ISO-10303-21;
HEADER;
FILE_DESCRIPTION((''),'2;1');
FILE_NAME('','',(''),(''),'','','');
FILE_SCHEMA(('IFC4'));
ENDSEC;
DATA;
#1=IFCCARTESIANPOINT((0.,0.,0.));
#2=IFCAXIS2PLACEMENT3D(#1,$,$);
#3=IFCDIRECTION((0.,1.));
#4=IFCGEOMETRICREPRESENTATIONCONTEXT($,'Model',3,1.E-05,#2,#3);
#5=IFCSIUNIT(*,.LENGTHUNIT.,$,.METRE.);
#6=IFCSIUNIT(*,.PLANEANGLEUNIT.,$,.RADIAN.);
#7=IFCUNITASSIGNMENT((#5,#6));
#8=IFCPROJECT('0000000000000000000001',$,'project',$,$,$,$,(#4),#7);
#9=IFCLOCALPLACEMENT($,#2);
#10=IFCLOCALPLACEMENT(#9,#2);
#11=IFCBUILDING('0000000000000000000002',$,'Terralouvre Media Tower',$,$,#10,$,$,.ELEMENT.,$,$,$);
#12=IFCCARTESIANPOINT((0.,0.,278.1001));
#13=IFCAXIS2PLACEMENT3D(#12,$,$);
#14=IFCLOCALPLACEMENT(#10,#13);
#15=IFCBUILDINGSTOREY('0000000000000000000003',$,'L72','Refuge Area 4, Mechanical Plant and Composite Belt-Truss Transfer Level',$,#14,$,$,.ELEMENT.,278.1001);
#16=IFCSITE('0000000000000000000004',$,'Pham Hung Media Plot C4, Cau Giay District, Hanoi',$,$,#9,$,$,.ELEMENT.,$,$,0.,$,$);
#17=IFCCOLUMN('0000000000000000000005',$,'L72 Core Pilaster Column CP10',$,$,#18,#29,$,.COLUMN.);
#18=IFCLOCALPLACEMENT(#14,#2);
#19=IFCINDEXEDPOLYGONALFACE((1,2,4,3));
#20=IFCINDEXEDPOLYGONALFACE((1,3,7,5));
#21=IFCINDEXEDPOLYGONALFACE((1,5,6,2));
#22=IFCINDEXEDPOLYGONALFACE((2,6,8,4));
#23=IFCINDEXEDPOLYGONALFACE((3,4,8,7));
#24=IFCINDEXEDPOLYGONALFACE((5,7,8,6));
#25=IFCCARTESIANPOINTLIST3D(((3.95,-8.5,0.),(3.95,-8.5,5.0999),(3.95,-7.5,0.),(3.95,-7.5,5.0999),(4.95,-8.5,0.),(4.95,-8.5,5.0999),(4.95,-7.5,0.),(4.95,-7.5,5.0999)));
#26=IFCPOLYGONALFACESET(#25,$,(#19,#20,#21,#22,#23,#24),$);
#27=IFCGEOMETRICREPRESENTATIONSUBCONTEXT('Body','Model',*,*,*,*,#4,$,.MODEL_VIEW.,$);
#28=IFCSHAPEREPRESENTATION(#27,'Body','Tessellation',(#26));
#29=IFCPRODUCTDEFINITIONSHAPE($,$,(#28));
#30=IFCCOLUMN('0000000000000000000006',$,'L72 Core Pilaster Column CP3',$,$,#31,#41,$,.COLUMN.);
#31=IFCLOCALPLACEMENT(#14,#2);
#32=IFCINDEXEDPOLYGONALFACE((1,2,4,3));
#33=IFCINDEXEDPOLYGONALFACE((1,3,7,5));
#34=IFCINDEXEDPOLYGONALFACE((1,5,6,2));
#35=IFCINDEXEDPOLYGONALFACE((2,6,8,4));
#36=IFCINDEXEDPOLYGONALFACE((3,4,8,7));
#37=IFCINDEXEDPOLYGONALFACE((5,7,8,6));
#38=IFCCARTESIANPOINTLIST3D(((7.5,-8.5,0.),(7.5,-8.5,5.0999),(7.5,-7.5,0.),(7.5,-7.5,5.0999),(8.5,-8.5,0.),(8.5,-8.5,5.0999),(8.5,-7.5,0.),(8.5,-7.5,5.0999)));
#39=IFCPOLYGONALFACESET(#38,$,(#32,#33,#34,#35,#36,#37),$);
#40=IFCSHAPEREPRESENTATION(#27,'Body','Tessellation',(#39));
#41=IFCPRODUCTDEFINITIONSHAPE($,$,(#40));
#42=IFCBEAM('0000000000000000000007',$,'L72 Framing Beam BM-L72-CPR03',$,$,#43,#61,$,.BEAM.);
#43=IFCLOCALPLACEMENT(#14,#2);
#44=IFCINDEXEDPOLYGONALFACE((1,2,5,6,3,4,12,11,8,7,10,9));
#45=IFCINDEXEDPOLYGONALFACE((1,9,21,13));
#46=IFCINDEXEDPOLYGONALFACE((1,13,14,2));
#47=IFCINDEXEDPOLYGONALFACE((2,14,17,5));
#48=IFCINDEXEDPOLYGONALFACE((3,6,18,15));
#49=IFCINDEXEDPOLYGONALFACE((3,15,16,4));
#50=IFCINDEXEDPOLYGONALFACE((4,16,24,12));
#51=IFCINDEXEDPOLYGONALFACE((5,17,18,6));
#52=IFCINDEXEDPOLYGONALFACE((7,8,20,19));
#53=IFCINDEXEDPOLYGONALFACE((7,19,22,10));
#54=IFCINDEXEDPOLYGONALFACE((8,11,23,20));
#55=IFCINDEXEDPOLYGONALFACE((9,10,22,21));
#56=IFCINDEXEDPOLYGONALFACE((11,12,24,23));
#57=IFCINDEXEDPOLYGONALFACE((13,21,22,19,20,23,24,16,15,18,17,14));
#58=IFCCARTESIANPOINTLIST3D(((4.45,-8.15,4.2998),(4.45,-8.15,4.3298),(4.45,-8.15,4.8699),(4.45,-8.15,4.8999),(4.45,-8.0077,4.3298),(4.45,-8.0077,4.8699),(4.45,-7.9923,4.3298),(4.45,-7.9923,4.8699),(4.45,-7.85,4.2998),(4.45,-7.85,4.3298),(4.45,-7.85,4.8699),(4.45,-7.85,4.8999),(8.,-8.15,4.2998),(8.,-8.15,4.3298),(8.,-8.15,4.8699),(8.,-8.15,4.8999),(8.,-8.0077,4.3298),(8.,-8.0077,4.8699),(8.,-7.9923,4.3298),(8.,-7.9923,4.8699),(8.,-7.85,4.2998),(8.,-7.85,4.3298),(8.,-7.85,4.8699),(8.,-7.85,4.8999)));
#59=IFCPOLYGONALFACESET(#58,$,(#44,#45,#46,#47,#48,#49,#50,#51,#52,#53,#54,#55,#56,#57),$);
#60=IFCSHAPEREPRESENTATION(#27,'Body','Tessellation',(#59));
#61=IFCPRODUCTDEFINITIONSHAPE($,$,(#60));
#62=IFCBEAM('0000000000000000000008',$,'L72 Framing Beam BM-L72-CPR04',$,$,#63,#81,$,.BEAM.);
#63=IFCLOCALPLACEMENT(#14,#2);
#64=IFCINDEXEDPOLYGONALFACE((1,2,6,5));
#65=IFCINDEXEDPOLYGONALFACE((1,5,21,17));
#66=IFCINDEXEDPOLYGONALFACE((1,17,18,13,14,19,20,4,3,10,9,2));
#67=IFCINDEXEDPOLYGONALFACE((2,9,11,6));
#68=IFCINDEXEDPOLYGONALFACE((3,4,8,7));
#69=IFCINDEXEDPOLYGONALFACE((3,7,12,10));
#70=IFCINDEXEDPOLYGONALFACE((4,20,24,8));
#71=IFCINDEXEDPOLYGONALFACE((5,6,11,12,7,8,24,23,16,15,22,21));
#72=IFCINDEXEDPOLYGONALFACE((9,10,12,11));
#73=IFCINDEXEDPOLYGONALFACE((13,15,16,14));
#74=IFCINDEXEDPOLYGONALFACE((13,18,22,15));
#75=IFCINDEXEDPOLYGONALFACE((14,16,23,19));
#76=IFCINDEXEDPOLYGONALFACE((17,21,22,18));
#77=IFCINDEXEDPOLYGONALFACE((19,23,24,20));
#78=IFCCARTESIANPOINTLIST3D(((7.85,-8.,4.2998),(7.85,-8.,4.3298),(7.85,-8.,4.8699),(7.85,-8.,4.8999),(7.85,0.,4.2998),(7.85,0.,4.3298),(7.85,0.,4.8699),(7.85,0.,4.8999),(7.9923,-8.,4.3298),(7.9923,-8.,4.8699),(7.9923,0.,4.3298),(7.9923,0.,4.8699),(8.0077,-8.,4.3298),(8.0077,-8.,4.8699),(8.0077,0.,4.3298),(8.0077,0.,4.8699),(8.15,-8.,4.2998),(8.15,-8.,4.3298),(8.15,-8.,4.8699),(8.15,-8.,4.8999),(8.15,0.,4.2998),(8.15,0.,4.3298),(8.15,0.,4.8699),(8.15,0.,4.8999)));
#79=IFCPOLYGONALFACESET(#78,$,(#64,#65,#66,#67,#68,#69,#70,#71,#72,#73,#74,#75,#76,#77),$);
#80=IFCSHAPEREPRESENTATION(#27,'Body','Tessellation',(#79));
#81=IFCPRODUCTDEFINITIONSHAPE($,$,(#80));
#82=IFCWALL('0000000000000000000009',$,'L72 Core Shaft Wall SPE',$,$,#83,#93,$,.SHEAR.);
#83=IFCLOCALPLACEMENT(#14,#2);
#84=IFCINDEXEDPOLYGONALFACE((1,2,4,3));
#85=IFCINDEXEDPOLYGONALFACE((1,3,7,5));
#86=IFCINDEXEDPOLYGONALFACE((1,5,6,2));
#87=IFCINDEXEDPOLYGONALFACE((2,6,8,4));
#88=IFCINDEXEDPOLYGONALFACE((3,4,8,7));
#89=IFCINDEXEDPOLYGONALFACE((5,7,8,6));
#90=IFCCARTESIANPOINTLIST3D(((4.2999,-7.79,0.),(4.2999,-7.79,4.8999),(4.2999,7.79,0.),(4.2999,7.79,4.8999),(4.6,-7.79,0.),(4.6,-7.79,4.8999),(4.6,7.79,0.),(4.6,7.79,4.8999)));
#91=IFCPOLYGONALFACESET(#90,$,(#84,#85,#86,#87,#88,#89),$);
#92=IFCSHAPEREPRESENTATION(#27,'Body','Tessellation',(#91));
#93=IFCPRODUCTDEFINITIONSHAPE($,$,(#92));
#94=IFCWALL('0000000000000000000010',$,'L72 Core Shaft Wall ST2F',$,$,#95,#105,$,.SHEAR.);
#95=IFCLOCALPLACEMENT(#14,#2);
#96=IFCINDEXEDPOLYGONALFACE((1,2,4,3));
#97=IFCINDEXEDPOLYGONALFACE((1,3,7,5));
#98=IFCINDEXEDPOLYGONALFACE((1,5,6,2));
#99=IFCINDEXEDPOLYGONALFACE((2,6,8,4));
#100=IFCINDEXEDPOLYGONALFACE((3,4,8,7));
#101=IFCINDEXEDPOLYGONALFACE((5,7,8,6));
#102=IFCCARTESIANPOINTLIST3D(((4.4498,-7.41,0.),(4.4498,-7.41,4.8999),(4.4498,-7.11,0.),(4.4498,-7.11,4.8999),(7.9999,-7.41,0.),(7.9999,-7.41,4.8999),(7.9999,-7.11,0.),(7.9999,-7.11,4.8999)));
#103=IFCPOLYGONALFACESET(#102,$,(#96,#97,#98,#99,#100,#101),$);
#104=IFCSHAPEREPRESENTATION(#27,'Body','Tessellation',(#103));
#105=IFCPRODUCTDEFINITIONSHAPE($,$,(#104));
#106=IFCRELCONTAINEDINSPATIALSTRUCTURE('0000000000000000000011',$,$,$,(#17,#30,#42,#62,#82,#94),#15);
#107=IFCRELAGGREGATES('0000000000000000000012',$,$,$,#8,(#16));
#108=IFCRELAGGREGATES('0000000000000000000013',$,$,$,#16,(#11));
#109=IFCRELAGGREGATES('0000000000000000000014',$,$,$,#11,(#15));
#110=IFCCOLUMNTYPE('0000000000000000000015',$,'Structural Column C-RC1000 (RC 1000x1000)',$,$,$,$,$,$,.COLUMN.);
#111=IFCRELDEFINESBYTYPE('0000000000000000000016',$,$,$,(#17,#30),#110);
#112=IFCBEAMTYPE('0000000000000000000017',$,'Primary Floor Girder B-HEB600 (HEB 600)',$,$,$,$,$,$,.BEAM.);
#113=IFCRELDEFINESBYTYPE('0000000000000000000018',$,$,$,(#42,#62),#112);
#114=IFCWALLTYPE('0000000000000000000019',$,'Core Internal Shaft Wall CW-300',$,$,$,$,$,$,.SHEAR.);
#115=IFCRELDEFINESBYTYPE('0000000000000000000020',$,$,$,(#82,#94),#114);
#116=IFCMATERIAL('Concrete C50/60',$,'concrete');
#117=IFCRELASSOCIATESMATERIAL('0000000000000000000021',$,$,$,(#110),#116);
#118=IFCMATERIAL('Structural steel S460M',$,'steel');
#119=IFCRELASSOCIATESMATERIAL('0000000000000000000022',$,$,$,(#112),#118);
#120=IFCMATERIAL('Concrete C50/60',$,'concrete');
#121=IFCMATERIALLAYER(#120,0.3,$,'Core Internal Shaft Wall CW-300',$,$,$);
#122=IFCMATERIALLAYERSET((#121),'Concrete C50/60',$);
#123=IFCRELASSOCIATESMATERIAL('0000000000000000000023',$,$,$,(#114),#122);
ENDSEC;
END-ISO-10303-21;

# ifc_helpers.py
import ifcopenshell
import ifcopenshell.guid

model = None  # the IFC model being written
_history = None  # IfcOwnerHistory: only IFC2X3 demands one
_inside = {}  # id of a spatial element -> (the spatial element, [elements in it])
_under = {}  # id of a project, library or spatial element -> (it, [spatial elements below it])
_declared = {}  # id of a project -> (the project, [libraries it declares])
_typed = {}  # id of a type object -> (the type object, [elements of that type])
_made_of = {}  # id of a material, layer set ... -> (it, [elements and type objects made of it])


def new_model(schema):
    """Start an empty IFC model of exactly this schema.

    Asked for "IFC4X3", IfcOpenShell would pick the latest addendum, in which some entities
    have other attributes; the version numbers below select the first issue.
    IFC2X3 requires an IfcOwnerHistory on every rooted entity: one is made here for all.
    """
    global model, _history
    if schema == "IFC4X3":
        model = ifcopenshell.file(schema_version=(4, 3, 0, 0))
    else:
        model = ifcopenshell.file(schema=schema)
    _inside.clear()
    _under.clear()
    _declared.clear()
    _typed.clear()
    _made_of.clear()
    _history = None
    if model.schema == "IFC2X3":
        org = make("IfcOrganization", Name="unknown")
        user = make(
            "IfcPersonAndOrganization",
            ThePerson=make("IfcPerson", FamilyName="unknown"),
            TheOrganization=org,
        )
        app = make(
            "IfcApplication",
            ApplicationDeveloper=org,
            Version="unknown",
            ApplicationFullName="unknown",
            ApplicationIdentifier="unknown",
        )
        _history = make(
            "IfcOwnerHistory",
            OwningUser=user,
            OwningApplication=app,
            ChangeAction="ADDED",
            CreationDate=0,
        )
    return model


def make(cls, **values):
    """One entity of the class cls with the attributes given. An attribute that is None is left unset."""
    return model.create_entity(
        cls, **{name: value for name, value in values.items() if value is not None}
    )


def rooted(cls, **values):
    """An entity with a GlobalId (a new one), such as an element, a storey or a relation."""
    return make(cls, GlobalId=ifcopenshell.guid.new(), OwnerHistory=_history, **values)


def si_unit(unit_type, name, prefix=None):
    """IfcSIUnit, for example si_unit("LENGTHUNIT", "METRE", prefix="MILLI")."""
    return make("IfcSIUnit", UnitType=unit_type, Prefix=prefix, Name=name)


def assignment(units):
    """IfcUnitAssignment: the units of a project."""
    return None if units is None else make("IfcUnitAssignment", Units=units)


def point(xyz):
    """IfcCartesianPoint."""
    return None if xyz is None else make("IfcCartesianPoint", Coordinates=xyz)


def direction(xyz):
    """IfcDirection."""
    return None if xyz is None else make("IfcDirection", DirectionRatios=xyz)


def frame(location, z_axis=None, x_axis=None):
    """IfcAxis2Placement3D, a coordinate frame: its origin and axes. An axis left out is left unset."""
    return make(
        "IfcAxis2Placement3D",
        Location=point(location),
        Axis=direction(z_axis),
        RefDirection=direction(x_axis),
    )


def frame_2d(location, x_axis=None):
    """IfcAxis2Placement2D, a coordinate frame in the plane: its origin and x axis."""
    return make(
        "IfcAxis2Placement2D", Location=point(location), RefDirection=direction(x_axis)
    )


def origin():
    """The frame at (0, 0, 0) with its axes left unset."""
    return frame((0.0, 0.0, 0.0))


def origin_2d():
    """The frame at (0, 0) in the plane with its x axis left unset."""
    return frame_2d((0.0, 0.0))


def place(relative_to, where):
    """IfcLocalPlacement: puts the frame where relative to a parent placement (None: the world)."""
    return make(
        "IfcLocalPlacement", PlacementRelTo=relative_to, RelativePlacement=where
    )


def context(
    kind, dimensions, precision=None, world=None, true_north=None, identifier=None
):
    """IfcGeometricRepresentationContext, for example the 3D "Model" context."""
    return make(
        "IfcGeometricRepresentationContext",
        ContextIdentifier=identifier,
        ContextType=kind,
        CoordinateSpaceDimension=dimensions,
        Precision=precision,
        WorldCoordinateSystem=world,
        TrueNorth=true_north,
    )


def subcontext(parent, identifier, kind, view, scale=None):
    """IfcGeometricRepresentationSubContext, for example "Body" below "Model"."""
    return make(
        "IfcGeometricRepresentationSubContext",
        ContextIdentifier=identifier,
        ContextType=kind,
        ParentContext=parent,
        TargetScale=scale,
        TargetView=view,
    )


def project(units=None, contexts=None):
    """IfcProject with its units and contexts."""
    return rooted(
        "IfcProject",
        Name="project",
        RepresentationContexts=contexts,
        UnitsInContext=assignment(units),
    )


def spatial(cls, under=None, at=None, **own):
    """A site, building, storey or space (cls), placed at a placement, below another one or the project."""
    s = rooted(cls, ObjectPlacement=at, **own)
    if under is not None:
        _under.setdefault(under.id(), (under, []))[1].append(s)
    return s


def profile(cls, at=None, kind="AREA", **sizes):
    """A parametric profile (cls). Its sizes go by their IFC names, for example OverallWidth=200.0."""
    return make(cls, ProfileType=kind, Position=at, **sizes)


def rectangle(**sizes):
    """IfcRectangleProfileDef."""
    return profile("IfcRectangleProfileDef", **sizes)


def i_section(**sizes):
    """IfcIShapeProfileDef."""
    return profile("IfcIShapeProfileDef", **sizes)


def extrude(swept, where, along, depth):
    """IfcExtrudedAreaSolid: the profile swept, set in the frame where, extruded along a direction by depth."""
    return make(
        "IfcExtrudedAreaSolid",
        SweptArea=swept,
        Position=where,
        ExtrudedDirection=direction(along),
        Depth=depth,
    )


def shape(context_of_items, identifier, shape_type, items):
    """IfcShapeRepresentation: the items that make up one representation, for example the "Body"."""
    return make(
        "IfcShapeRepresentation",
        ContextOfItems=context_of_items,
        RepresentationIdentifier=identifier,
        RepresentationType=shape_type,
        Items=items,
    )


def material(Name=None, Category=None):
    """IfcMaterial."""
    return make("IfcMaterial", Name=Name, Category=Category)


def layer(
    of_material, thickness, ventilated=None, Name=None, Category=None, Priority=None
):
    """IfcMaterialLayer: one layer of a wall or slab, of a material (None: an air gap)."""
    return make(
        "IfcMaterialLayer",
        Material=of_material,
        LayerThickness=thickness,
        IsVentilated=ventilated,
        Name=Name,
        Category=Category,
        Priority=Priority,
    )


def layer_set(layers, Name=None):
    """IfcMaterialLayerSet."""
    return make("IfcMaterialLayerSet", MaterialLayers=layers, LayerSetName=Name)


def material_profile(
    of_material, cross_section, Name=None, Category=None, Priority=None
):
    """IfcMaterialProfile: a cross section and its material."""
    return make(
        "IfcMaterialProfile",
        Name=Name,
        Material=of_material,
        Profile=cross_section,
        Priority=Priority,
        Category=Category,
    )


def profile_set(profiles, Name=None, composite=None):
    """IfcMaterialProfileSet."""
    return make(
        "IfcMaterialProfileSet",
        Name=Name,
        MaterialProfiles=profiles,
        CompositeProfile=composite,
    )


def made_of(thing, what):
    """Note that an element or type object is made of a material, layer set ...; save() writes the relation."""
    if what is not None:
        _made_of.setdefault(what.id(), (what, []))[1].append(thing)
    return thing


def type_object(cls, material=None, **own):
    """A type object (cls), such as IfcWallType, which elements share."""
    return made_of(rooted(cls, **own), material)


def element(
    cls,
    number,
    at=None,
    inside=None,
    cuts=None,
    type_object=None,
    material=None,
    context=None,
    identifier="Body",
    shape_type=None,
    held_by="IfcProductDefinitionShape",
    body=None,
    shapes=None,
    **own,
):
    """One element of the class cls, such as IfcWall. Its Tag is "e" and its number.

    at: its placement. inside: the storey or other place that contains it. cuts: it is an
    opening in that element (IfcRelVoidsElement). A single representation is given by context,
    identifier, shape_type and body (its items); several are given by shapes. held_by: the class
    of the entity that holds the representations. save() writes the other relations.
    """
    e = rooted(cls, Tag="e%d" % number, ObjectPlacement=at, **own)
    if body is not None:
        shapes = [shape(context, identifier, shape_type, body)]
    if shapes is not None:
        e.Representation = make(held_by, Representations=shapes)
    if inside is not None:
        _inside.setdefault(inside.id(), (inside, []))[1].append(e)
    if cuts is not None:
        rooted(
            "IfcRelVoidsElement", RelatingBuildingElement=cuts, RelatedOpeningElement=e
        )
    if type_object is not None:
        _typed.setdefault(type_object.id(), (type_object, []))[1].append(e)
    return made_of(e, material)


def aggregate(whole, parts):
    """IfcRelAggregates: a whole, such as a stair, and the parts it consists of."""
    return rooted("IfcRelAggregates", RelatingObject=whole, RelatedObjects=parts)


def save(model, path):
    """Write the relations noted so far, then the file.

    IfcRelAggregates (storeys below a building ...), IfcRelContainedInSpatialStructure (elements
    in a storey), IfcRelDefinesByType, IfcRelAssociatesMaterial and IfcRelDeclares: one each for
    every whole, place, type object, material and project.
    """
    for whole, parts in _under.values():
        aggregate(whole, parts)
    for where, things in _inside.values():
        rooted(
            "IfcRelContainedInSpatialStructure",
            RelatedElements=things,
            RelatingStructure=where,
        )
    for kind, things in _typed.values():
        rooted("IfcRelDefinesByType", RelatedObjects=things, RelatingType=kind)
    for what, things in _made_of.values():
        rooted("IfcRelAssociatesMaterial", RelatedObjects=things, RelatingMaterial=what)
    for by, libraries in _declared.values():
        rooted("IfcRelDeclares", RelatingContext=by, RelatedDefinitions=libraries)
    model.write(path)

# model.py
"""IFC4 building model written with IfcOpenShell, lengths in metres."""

from ifc_helpers import new_model, si_unit, direction, frame, frame_2d, origin, origin_2d, place, context, subcontext, project, spatial, rectangle, i_section, extrude, material, layer, layer_set, material_profile, profile_set, type_object, element, save


model = new_model("IFC4")

# Units and contexts
model_context = context("Model", 3, precision=1e-05, world=origin(), true_north=direction((0.0, 1.0)))
body_context = subcontext(model_context, "Body", "Model", "MODEL_VIEW")
ifc_project = project(units=[si_unit("LENGTHUNIT", "METRE"), si_unit("PLANEANGLEUNIT", "RADIAN")], contexts=[model_context])

# Site, building, storey
site_placement = place(None, origin())
site = spatial("IfcSite", under=ifc_project, at=site_placement, Name="Pham Hung Media Plot C4, Cau Giay District, Hanoi", CompositionType="ELEMENT", RefElevation=0.0)
building_placement = place(site_placement, origin())
building = spatial("IfcBuilding", under=site, at=building_placement, Name="Terralouvre Media Tower", CompositionType="ELEMENT")
storey_placement = place(building_placement, frame((0.0, 0.0, 278.1001)))
storey = spatial("IfcBuildingStorey", under=building, at=storey_placement, Name="L72", Description="Refuge Area 4, Mechanical Plant and Composite Belt-Truss Transfer Level", CompositionType="ELEMENT", Elevation=278.1001)

# Columns
ifc_material_1 = material(Name="Concrete C50/60", Category="concrete")
ifc_material_profile_1 = material_profile(ifc_material_1, rectangle(XDim=1.0, YDim=1.0, at=origin_2d()), Name="RC 1000x1000")
ifc_profile_set_1 = profile_set([ifc_material_profile_1], Name="Concrete C50/60")
column_type = type_object("IfcColumnType", Name="Structural Column C-RC1000 (RC 1000x1000)", PredefinedType="COLUMN", material=ifc_profile_set_1)
for number, where, z_axis, x_axis, name in (
    (1, (4.45, -8.0, 0.0), (0.0, 0.0, 1.0), (1.0, 0.0, 0.0), "L72 Core Pilaster Column CP10"),
    (2, (8.0, -8.0, 0.0), (0.0, 0.0, 1.0), (1.0, 0.0, 0.0), "L72 Core Pilaster Column CP3"),
):
    element("IfcColumn", number, at=place(storey_placement, frame(where, z_axis=z_axis, x_axis=x_axis)), inside=storey, type_object=column_type, Name=name, PredefinedType="COLUMN", context=body_context, shape_type="SweptSolid", body=[
        extrude(rectangle(XDim=1.0, YDim=1.0, at=origin_2d()), origin(), (0.0, 0.0, 1.0), 5.0999),
    ])

# Beams
ifc_material_2 = material(Name="Structural steel S460M", Category="steel")
ifc_material_profile_2 = material_profile(ifc_material_2, i_section(OverallWidth=0.3, OverallDepth=0.6001, WebThickness=0.0154, FlangeThickness=0.03, at=origin_2d()), Name="HEB 600")
ifc_profile_set_2 = profile_set([ifc_material_profile_2], Name="Structural steel S460M")
beam_type = type_object("IfcBeamType", Name="Primary Floor Girder B-HEB600 (HEB 600)", PredefinedType="BEAM", material=ifc_profile_set_2)
beam_1_placement = place(storey_placement, frame((4.45, -8.0, 4.5999), z_axis=(1.0, 0.0, 0.0), x_axis=(0.0, 1.0, 0.0)))
element("IfcBeam", 3, at=beam_1_placement, inside=storey, type_object=beam_type, Name="L72 Framing Beam BM-L72-CPR03", PredefinedType="BEAM", context=body_context, shape_type="SweptSolid", body=[
    extrude(i_section(OverallWidth=0.3, OverallDepth=0.6001, WebThickness=0.0154, FlangeThickness=0.03, at=origin_2d()), origin(), (0.0, 0.0, 1.0), 3.55),
])
beam_2_placement = place(storey_placement, frame((8.0, -8.0, 4.5999), z_axis=(0.0, 1.0, 0.0), x_axis=(-1.0, 0.0, 0.0)))
element("IfcBeam", 4, at=beam_2_placement, inside=storey, type_object=beam_type, Name="L72 Framing Beam BM-L72-CPR04", PredefinedType="BEAM", context=body_context, shape_type="SweptSolid", body=[
    extrude(i_section(OverallWidth=0.3, OverallDepth=0.6001, WebThickness=0.0154, FlangeThickness=0.03, at=origin_2d()), origin(), (0.0, 0.0, 1.0), 8.0),
])

# Wall
ifc_material_3 = material(Name="Concrete C50/60", Category="concrete")
ifc_layer_1 = layer(ifc_material_3, 0.3, Name="Core Internal Shaft Wall CW-300")
ifc_layer_set_1 = layer_set([ifc_layer_1], Name="Concrete C50/60")
wall_type = type_object("IfcWallType", Name="Core Internal Shaft Wall CW-300", PredefinedType="SHEAR", material=ifc_layer_set_1)
wall_1_placement = place(storey_placement, frame((4.45, -7.79, 0.0), z_axis=(0.0, 0.0, 1.0), x_axis=(0.0, 1.0, 0.0)))
element("IfcWall", 5, at=wall_1_placement, inside=storey, type_object=wall_type, Name="L72 Core Shaft Wall SPE", PredefinedType="SHEAR", context=body_context, shape_type="SweptSolid", body=[
    extrude(rectangle(XDim=15.5801, YDim=0.3, at=frame_2d((7.79, 0.0))), origin(), (0.0, 0.0, 1.0), 4.8999),
])

# Wall
wall_2_placement = place(storey_placement, frame((4.45, -7.26, 0.0), z_axis=(0.0, 0.0, 1.0), x_axis=(1.0, 0.0, 0.0)))
element("IfcWall", 6, at=wall_2_placement, inside=storey, type_object=wall_type, Name="L72 Core Shaft Wall ST2F", PredefinedType="SHEAR", context=body_context, shape_type="SweptSolid", body=[
    extrude(rectangle(XDim=3.55, YDim=0.3, at=frame_2d((1.7749, 0.0))), origin(), (0.0, 0.0, 1.0), 4.8999),
])

save(model, "model.ifc")
